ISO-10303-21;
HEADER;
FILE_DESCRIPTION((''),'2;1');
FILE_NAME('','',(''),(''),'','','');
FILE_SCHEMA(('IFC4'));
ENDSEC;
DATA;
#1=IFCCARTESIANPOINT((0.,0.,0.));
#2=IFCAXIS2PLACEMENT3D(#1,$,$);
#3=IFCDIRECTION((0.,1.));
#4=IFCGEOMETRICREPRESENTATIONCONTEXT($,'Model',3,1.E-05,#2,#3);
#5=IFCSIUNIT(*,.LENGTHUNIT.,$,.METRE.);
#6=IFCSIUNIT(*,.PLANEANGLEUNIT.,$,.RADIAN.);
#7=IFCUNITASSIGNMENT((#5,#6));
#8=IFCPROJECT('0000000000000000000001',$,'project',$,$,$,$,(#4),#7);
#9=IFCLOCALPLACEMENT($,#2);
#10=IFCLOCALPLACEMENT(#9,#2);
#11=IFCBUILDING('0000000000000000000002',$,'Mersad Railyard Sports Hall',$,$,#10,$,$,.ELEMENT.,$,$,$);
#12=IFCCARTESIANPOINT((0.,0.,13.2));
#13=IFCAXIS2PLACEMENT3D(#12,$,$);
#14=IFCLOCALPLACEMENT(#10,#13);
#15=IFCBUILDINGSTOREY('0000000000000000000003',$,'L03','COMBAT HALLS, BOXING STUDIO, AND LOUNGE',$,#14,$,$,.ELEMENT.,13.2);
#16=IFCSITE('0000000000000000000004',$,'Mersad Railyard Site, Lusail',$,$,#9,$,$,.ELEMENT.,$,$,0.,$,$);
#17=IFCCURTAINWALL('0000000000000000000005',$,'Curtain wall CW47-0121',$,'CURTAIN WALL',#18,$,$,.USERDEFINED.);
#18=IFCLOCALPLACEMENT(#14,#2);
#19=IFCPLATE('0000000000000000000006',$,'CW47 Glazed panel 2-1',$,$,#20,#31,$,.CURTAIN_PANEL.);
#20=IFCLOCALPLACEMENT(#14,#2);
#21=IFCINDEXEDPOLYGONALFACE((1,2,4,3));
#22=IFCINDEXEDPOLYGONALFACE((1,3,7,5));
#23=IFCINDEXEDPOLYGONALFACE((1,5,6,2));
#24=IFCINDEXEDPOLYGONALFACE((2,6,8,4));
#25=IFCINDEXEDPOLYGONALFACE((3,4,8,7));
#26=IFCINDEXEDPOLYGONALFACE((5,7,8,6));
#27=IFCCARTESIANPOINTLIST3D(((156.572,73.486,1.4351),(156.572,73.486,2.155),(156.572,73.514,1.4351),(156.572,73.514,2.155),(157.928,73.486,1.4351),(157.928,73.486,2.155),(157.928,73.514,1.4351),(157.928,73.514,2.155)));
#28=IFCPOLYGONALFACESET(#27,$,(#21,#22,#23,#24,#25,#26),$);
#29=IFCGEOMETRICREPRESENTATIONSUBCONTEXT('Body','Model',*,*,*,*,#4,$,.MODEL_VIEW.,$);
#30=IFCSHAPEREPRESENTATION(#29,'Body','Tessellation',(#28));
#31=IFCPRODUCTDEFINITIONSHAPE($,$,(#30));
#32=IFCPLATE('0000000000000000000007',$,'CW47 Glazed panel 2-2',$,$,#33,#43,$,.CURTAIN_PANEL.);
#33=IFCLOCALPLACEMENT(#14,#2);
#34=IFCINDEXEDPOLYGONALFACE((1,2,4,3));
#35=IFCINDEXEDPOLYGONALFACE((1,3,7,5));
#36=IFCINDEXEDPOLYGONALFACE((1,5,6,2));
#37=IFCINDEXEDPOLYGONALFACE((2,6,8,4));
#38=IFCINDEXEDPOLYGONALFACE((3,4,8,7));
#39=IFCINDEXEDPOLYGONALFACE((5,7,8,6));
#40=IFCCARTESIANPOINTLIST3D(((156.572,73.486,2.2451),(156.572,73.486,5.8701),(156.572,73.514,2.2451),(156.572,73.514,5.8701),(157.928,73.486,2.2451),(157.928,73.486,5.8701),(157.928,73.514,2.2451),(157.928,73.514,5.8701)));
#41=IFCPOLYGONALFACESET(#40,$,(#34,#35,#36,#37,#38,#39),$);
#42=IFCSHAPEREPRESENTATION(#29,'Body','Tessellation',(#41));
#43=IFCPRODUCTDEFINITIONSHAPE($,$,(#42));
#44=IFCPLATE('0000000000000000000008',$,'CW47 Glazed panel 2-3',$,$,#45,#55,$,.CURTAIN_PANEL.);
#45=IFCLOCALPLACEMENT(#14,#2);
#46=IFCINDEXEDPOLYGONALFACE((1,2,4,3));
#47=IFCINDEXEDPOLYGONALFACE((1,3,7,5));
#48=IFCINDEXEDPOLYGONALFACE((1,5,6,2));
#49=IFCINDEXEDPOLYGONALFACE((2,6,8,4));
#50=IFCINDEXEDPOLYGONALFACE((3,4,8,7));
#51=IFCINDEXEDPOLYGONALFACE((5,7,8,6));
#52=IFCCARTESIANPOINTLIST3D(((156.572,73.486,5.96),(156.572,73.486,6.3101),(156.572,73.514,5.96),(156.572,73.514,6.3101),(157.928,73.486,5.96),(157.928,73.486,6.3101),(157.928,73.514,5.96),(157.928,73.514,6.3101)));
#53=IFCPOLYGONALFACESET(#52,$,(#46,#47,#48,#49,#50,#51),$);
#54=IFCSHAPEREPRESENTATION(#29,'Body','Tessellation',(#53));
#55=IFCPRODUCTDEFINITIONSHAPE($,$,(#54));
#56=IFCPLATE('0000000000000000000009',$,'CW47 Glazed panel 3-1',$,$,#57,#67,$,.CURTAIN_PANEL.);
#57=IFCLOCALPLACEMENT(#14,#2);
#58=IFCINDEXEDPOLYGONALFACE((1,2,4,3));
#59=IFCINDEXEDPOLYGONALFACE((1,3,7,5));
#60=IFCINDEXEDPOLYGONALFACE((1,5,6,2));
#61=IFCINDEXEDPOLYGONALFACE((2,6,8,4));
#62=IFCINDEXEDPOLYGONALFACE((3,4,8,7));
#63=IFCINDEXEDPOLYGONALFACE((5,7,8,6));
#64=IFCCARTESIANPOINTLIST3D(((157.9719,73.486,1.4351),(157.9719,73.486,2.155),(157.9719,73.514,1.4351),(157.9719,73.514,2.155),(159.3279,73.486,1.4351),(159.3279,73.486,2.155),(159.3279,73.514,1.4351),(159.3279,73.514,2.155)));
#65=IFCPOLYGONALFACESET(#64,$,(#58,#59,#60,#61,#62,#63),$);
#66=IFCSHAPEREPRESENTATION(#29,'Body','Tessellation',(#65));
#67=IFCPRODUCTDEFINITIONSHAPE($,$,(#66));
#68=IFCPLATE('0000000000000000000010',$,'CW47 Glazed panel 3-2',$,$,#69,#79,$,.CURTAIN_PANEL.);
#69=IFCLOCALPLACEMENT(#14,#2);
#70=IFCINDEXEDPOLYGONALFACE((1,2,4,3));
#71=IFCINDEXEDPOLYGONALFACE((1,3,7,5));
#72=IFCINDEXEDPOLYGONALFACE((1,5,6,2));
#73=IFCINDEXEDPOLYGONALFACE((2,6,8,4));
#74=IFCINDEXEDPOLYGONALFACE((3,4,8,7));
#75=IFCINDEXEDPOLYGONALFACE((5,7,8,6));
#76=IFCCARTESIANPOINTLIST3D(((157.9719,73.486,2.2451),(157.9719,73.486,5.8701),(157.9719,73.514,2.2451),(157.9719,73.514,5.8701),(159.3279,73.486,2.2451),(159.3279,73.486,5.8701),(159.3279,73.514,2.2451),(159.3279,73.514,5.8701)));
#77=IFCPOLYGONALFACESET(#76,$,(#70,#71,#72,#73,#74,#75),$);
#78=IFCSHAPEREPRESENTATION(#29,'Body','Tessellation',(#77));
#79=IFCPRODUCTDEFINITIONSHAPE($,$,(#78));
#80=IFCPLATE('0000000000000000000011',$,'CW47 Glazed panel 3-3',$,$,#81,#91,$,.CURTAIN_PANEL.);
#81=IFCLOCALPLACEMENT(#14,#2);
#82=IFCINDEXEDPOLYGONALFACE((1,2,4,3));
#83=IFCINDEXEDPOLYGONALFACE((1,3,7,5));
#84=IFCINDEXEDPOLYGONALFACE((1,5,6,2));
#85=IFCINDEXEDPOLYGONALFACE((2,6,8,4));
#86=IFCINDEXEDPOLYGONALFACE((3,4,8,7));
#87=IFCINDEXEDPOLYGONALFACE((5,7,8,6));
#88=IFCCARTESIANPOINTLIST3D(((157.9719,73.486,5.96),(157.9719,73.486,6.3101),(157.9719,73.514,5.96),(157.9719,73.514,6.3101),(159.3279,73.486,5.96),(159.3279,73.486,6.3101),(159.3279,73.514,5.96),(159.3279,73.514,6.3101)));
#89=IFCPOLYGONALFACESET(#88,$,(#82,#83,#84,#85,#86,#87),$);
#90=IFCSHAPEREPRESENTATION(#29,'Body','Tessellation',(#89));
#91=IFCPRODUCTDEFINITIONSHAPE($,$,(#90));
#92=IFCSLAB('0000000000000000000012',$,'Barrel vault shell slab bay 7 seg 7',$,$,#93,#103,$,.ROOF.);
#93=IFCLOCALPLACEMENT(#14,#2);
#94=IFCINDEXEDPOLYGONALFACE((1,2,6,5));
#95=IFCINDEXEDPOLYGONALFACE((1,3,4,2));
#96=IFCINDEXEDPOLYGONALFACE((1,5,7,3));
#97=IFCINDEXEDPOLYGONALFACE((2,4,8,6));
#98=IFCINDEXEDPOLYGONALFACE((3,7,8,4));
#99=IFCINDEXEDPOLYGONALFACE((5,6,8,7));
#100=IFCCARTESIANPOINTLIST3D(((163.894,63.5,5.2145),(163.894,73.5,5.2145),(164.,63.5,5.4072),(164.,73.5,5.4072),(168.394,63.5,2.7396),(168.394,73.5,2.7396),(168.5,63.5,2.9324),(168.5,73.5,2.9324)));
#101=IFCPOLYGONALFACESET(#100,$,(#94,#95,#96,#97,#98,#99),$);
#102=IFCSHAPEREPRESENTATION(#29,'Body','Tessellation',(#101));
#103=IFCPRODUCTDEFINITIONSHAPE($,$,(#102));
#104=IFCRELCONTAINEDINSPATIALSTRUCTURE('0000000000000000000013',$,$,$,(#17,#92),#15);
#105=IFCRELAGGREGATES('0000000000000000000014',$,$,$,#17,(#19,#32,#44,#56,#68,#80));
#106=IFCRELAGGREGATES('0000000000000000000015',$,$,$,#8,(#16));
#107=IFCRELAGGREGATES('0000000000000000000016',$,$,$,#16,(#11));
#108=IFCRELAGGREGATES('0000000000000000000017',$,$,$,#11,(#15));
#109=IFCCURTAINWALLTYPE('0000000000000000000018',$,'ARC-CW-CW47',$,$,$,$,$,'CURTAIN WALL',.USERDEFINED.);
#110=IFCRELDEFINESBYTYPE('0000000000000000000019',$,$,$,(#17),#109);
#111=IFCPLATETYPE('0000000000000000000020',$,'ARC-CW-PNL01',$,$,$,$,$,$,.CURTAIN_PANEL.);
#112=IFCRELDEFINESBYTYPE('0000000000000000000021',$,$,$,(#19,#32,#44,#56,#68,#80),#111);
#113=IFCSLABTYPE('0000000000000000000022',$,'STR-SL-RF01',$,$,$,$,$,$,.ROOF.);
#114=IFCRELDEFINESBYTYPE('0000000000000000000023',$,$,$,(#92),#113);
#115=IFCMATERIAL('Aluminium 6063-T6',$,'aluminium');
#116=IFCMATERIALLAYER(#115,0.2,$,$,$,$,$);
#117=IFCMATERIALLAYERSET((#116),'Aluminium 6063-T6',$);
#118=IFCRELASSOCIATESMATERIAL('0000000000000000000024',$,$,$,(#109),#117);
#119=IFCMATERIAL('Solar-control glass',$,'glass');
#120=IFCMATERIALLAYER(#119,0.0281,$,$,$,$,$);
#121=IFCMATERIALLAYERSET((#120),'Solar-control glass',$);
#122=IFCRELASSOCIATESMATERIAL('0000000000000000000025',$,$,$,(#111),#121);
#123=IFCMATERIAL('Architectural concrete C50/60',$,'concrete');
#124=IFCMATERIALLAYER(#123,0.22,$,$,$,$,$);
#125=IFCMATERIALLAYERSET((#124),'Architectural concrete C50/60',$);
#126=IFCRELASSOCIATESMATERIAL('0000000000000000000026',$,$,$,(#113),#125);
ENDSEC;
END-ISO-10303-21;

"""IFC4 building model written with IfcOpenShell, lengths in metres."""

from ifc_helpers import new_model, si_unit, direction, frame, origin, origin_2d, place, context, subcontext, project, spatial, polyline, rectangle, outline, extrude, material, layer, layer_set, type_object, element, aggregate, save


model = new_model("IFC4")

# Units and contexts
model_context = context("Model", 3, precision=1e-05, world=origin(), true_north=direction((0.0, 1.0)))
body_context = subcontext(model_context, "Body", "Model", "MODEL_VIEW")
ifc_project = project(units=[si_unit("LENGTHUNIT", "METRE"), si_unit("PLANEANGLEUNIT", "RADIAN")], contexts=[model_context])

# Site, building, storey
site_placement = place(None, origin())
site = spatial("IfcSite", under=ifc_project, at=site_placement, Name="Mersad Railyard Site, Lusail", CompositionType="ELEMENT", RefElevation=0.0)
building_placement = place(site_placement, origin())
building = spatial("IfcBuilding", under=site, at=building_placement, Name="Mersad Railyard Sports Hall", CompositionType="ELEMENT")
storey_placement = place(building_placement, frame((0.0, 0.0, 13.2)))
storey = spatial("IfcBuildingStorey", under=building, at=storey_placement, Name="L03", Description="COMBAT HALLS, BOXING STUDIO, AND LOUNGE", CompositionType="ELEMENT", Elevation=13.2)

# Curtain wall
ifc_material_1 = material(Name="Aluminium 6063-T6", Category="aluminium")
ifc_layer_1 = layer(ifc_material_1, 0.2)
ifc_layer_set_1 = layer_set([ifc_layer_1], Name="Aluminium 6063-T6")
curtain_wall_type_1 = type_object("IfcCurtainWallType", Name="ARC-CW-CW47", ElementType="CURTAIN WALL", PredefinedType="USERDEFINED", material=ifc_layer_set_1)
curtain_wall_1_placement = place(storey_placement, origin())
curtain_wall_1 = element("IfcCurtainWall", 1, at=curtain_wall_1_placement, inside=storey, type_object=curtain_wall_type_1, Name="Curtain wall CW47-0121", ObjectType="CURTAIN WALL", PredefinedType="USERDEFINED")

# Plates
ifc_material_2 = material(Name="Solar-control glass", Category="glass")
ifc_layer_2 = layer(ifc_material_2, 0.0281)
ifc_layer_set_2 = layer_set([ifc_layer_2], Name="Solar-control glass")
plate_type = type_object("IfcPlateType", Name="ARC-CW-PNL01", PredefinedType="CURTAIN_PANEL", material=ifc_layer_set_2)
plate_1_placement = place(storey_placement, frame((157.25, 73.5, 1.4351), z_axis=(0.0, 0.0, 1.0), x_axis=(1.0, 0.0, 0.0)))
plate_1 = element("IfcPlate", 2, at=plate_1_placement, type_object=plate_type, Name="CW47 Glazed panel 2-1", PredefinedType="CURTAIN_PANEL", context=body_context, shape_type="SweptSolid", body=[
    extrude(rectangle(XDim=1.356, YDim=0.0281, at=origin_2d()), origin(), (0.0, 0.0, 1.0), 0.72),
])
plate_2_placement = place(storey_placement, frame((157.25, 73.5, 2.2451), z_axis=(0.0, 0.0, 1.0), x_axis=(1.0, 0.0, 0.0)))
plate_2 = element("IfcPlate", 3, at=plate_2_placement, type_object=plate_type, Name="CW47 Glazed panel 2-2", PredefinedType="CURTAIN_PANEL", context=body_context, shape_type="SweptSolid", body=[
    extrude(rectangle(XDim=1.356, YDim=0.0281, at=origin_2d()), origin(), (0.0, 0.0, 1.0), 3.625),
])
plate_3_placement = place(storey_placement, frame((157.25, 73.5, 5.96), z_axis=(0.0, 0.0, 1.0), x_axis=(1.0, 0.0, 0.0)))
plate_3 = element("IfcPlate", 4, at=plate_3_placement, type_object=plate_type, Name="CW47 Glazed panel 2-3", PredefinedType="CURTAIN_PANEL", context=body_context, shape_type="SweptSolid", body=[
    extrude(rectangle(XDim=1.356, YDim=0.0281, at=origin_2d()), origin(), (0.0, 0.0, 1.0), 0.3501),
])
plate_4_placement = place(storey_placement, frame((158.6499, 73.5, 1.4351), z_axis=(0.0, 0.0, 1.0), x_axis=(1.0, 0.0, 0.0)))
plate_4 = element("IfcPlate", 5, at=plate_4_placement, type_object=plate_type, Name="CW47 Glazed panel 3-1", PredefinedType="CURTAIN_PANEL", context=body_context, shape_type="SweptSolid", body=[
    extrude(rectangle(XDim=1.356, YDim=0.0281, at=origin_2d()), origin(), (0.0, 0.0, 1.0), 0.72),
])
plate_5_placement = place(storey_placement, frame((158.6499, 73.5, 2.2451), z_axis=(0.0, 0.0, 1.0), x_axis=(1.0, 0.0, 0.0)))
plate_5 = element("IfcPlate", 6, at=plate_5_placement, type_object=plate_type, Name="CW47 Glazed panel 3-2", PredefinedType="CURTAIN_PANEL", context=body_context, shape_type="SweptSolid", body=[
    extrude(rectangle(XDim=1.356, YDim=0.0281, at=origin_2d()), origin(), (0.0, 0.0, 1.0), 3.625),
])
plate_6_placement = place(storey_placement, frame((158.6499, 73.5, 5.96), z_axis=(0.0, 0.0, 1.0), x_axis=(1.0, 0.0, 0.0)))
plate_6 = element("IfcPlate", 7, at=plate_6_placement, type_object=plate_type, Name="CW47 Glazed panel 3-3", PredefinedType="CURTAIN_PANEL", context=body_context, shape_type="SweptSolid", body=[
    extrude(rectangle(XDim=1.356, YDim=0.0281, at=origin_2d()), origin(), (0.0, 0.0, 1.0), 0.3501),
])
aggregate(curtain_wall_1, [plate_1, plate_2, plate_3, plate_4, plate_5, plate_6])

# Slab
ifc_material_3 = material(Name="Architectural concrete C50/60", Category="concrete")
ifc_layer_3 = layer(ifc_material_3, 0.22)
ifc_layer_set_3 = layer_set([ifc_layer_3], Name="Architectural concrete C50/60")
slab_type = type_object("IfcSlabType", Name="STR-SL-RF01", PredefinedType="ROOF", material=ifc_layer_set_3)
slab_placement = place(storey_placement, frame((164.0, 63.5, 5.4072), z_axis=(0.481897, 0.0, 0.876228), x_axis=(0.876228, 0.0, -0.481897)))
element("IfcSlab", 8, at=slab_placement, inside=storey, type_object=slab_type, Name="Barrel vault shell slab bay 7 seg 7", PredefinedType="ROOF", context=body_context, shape_type="SweptSolid", body=[
    extrude(outline(polyline([(0.0, 0.0), (5.1356, 0.0), (5.1356, 10.0), (0.0, 10.0), (0.0, 0.0)])), origin(), (0.0, 0.0, -1.0), 0.22),
])

save(model, "model.ifc")
